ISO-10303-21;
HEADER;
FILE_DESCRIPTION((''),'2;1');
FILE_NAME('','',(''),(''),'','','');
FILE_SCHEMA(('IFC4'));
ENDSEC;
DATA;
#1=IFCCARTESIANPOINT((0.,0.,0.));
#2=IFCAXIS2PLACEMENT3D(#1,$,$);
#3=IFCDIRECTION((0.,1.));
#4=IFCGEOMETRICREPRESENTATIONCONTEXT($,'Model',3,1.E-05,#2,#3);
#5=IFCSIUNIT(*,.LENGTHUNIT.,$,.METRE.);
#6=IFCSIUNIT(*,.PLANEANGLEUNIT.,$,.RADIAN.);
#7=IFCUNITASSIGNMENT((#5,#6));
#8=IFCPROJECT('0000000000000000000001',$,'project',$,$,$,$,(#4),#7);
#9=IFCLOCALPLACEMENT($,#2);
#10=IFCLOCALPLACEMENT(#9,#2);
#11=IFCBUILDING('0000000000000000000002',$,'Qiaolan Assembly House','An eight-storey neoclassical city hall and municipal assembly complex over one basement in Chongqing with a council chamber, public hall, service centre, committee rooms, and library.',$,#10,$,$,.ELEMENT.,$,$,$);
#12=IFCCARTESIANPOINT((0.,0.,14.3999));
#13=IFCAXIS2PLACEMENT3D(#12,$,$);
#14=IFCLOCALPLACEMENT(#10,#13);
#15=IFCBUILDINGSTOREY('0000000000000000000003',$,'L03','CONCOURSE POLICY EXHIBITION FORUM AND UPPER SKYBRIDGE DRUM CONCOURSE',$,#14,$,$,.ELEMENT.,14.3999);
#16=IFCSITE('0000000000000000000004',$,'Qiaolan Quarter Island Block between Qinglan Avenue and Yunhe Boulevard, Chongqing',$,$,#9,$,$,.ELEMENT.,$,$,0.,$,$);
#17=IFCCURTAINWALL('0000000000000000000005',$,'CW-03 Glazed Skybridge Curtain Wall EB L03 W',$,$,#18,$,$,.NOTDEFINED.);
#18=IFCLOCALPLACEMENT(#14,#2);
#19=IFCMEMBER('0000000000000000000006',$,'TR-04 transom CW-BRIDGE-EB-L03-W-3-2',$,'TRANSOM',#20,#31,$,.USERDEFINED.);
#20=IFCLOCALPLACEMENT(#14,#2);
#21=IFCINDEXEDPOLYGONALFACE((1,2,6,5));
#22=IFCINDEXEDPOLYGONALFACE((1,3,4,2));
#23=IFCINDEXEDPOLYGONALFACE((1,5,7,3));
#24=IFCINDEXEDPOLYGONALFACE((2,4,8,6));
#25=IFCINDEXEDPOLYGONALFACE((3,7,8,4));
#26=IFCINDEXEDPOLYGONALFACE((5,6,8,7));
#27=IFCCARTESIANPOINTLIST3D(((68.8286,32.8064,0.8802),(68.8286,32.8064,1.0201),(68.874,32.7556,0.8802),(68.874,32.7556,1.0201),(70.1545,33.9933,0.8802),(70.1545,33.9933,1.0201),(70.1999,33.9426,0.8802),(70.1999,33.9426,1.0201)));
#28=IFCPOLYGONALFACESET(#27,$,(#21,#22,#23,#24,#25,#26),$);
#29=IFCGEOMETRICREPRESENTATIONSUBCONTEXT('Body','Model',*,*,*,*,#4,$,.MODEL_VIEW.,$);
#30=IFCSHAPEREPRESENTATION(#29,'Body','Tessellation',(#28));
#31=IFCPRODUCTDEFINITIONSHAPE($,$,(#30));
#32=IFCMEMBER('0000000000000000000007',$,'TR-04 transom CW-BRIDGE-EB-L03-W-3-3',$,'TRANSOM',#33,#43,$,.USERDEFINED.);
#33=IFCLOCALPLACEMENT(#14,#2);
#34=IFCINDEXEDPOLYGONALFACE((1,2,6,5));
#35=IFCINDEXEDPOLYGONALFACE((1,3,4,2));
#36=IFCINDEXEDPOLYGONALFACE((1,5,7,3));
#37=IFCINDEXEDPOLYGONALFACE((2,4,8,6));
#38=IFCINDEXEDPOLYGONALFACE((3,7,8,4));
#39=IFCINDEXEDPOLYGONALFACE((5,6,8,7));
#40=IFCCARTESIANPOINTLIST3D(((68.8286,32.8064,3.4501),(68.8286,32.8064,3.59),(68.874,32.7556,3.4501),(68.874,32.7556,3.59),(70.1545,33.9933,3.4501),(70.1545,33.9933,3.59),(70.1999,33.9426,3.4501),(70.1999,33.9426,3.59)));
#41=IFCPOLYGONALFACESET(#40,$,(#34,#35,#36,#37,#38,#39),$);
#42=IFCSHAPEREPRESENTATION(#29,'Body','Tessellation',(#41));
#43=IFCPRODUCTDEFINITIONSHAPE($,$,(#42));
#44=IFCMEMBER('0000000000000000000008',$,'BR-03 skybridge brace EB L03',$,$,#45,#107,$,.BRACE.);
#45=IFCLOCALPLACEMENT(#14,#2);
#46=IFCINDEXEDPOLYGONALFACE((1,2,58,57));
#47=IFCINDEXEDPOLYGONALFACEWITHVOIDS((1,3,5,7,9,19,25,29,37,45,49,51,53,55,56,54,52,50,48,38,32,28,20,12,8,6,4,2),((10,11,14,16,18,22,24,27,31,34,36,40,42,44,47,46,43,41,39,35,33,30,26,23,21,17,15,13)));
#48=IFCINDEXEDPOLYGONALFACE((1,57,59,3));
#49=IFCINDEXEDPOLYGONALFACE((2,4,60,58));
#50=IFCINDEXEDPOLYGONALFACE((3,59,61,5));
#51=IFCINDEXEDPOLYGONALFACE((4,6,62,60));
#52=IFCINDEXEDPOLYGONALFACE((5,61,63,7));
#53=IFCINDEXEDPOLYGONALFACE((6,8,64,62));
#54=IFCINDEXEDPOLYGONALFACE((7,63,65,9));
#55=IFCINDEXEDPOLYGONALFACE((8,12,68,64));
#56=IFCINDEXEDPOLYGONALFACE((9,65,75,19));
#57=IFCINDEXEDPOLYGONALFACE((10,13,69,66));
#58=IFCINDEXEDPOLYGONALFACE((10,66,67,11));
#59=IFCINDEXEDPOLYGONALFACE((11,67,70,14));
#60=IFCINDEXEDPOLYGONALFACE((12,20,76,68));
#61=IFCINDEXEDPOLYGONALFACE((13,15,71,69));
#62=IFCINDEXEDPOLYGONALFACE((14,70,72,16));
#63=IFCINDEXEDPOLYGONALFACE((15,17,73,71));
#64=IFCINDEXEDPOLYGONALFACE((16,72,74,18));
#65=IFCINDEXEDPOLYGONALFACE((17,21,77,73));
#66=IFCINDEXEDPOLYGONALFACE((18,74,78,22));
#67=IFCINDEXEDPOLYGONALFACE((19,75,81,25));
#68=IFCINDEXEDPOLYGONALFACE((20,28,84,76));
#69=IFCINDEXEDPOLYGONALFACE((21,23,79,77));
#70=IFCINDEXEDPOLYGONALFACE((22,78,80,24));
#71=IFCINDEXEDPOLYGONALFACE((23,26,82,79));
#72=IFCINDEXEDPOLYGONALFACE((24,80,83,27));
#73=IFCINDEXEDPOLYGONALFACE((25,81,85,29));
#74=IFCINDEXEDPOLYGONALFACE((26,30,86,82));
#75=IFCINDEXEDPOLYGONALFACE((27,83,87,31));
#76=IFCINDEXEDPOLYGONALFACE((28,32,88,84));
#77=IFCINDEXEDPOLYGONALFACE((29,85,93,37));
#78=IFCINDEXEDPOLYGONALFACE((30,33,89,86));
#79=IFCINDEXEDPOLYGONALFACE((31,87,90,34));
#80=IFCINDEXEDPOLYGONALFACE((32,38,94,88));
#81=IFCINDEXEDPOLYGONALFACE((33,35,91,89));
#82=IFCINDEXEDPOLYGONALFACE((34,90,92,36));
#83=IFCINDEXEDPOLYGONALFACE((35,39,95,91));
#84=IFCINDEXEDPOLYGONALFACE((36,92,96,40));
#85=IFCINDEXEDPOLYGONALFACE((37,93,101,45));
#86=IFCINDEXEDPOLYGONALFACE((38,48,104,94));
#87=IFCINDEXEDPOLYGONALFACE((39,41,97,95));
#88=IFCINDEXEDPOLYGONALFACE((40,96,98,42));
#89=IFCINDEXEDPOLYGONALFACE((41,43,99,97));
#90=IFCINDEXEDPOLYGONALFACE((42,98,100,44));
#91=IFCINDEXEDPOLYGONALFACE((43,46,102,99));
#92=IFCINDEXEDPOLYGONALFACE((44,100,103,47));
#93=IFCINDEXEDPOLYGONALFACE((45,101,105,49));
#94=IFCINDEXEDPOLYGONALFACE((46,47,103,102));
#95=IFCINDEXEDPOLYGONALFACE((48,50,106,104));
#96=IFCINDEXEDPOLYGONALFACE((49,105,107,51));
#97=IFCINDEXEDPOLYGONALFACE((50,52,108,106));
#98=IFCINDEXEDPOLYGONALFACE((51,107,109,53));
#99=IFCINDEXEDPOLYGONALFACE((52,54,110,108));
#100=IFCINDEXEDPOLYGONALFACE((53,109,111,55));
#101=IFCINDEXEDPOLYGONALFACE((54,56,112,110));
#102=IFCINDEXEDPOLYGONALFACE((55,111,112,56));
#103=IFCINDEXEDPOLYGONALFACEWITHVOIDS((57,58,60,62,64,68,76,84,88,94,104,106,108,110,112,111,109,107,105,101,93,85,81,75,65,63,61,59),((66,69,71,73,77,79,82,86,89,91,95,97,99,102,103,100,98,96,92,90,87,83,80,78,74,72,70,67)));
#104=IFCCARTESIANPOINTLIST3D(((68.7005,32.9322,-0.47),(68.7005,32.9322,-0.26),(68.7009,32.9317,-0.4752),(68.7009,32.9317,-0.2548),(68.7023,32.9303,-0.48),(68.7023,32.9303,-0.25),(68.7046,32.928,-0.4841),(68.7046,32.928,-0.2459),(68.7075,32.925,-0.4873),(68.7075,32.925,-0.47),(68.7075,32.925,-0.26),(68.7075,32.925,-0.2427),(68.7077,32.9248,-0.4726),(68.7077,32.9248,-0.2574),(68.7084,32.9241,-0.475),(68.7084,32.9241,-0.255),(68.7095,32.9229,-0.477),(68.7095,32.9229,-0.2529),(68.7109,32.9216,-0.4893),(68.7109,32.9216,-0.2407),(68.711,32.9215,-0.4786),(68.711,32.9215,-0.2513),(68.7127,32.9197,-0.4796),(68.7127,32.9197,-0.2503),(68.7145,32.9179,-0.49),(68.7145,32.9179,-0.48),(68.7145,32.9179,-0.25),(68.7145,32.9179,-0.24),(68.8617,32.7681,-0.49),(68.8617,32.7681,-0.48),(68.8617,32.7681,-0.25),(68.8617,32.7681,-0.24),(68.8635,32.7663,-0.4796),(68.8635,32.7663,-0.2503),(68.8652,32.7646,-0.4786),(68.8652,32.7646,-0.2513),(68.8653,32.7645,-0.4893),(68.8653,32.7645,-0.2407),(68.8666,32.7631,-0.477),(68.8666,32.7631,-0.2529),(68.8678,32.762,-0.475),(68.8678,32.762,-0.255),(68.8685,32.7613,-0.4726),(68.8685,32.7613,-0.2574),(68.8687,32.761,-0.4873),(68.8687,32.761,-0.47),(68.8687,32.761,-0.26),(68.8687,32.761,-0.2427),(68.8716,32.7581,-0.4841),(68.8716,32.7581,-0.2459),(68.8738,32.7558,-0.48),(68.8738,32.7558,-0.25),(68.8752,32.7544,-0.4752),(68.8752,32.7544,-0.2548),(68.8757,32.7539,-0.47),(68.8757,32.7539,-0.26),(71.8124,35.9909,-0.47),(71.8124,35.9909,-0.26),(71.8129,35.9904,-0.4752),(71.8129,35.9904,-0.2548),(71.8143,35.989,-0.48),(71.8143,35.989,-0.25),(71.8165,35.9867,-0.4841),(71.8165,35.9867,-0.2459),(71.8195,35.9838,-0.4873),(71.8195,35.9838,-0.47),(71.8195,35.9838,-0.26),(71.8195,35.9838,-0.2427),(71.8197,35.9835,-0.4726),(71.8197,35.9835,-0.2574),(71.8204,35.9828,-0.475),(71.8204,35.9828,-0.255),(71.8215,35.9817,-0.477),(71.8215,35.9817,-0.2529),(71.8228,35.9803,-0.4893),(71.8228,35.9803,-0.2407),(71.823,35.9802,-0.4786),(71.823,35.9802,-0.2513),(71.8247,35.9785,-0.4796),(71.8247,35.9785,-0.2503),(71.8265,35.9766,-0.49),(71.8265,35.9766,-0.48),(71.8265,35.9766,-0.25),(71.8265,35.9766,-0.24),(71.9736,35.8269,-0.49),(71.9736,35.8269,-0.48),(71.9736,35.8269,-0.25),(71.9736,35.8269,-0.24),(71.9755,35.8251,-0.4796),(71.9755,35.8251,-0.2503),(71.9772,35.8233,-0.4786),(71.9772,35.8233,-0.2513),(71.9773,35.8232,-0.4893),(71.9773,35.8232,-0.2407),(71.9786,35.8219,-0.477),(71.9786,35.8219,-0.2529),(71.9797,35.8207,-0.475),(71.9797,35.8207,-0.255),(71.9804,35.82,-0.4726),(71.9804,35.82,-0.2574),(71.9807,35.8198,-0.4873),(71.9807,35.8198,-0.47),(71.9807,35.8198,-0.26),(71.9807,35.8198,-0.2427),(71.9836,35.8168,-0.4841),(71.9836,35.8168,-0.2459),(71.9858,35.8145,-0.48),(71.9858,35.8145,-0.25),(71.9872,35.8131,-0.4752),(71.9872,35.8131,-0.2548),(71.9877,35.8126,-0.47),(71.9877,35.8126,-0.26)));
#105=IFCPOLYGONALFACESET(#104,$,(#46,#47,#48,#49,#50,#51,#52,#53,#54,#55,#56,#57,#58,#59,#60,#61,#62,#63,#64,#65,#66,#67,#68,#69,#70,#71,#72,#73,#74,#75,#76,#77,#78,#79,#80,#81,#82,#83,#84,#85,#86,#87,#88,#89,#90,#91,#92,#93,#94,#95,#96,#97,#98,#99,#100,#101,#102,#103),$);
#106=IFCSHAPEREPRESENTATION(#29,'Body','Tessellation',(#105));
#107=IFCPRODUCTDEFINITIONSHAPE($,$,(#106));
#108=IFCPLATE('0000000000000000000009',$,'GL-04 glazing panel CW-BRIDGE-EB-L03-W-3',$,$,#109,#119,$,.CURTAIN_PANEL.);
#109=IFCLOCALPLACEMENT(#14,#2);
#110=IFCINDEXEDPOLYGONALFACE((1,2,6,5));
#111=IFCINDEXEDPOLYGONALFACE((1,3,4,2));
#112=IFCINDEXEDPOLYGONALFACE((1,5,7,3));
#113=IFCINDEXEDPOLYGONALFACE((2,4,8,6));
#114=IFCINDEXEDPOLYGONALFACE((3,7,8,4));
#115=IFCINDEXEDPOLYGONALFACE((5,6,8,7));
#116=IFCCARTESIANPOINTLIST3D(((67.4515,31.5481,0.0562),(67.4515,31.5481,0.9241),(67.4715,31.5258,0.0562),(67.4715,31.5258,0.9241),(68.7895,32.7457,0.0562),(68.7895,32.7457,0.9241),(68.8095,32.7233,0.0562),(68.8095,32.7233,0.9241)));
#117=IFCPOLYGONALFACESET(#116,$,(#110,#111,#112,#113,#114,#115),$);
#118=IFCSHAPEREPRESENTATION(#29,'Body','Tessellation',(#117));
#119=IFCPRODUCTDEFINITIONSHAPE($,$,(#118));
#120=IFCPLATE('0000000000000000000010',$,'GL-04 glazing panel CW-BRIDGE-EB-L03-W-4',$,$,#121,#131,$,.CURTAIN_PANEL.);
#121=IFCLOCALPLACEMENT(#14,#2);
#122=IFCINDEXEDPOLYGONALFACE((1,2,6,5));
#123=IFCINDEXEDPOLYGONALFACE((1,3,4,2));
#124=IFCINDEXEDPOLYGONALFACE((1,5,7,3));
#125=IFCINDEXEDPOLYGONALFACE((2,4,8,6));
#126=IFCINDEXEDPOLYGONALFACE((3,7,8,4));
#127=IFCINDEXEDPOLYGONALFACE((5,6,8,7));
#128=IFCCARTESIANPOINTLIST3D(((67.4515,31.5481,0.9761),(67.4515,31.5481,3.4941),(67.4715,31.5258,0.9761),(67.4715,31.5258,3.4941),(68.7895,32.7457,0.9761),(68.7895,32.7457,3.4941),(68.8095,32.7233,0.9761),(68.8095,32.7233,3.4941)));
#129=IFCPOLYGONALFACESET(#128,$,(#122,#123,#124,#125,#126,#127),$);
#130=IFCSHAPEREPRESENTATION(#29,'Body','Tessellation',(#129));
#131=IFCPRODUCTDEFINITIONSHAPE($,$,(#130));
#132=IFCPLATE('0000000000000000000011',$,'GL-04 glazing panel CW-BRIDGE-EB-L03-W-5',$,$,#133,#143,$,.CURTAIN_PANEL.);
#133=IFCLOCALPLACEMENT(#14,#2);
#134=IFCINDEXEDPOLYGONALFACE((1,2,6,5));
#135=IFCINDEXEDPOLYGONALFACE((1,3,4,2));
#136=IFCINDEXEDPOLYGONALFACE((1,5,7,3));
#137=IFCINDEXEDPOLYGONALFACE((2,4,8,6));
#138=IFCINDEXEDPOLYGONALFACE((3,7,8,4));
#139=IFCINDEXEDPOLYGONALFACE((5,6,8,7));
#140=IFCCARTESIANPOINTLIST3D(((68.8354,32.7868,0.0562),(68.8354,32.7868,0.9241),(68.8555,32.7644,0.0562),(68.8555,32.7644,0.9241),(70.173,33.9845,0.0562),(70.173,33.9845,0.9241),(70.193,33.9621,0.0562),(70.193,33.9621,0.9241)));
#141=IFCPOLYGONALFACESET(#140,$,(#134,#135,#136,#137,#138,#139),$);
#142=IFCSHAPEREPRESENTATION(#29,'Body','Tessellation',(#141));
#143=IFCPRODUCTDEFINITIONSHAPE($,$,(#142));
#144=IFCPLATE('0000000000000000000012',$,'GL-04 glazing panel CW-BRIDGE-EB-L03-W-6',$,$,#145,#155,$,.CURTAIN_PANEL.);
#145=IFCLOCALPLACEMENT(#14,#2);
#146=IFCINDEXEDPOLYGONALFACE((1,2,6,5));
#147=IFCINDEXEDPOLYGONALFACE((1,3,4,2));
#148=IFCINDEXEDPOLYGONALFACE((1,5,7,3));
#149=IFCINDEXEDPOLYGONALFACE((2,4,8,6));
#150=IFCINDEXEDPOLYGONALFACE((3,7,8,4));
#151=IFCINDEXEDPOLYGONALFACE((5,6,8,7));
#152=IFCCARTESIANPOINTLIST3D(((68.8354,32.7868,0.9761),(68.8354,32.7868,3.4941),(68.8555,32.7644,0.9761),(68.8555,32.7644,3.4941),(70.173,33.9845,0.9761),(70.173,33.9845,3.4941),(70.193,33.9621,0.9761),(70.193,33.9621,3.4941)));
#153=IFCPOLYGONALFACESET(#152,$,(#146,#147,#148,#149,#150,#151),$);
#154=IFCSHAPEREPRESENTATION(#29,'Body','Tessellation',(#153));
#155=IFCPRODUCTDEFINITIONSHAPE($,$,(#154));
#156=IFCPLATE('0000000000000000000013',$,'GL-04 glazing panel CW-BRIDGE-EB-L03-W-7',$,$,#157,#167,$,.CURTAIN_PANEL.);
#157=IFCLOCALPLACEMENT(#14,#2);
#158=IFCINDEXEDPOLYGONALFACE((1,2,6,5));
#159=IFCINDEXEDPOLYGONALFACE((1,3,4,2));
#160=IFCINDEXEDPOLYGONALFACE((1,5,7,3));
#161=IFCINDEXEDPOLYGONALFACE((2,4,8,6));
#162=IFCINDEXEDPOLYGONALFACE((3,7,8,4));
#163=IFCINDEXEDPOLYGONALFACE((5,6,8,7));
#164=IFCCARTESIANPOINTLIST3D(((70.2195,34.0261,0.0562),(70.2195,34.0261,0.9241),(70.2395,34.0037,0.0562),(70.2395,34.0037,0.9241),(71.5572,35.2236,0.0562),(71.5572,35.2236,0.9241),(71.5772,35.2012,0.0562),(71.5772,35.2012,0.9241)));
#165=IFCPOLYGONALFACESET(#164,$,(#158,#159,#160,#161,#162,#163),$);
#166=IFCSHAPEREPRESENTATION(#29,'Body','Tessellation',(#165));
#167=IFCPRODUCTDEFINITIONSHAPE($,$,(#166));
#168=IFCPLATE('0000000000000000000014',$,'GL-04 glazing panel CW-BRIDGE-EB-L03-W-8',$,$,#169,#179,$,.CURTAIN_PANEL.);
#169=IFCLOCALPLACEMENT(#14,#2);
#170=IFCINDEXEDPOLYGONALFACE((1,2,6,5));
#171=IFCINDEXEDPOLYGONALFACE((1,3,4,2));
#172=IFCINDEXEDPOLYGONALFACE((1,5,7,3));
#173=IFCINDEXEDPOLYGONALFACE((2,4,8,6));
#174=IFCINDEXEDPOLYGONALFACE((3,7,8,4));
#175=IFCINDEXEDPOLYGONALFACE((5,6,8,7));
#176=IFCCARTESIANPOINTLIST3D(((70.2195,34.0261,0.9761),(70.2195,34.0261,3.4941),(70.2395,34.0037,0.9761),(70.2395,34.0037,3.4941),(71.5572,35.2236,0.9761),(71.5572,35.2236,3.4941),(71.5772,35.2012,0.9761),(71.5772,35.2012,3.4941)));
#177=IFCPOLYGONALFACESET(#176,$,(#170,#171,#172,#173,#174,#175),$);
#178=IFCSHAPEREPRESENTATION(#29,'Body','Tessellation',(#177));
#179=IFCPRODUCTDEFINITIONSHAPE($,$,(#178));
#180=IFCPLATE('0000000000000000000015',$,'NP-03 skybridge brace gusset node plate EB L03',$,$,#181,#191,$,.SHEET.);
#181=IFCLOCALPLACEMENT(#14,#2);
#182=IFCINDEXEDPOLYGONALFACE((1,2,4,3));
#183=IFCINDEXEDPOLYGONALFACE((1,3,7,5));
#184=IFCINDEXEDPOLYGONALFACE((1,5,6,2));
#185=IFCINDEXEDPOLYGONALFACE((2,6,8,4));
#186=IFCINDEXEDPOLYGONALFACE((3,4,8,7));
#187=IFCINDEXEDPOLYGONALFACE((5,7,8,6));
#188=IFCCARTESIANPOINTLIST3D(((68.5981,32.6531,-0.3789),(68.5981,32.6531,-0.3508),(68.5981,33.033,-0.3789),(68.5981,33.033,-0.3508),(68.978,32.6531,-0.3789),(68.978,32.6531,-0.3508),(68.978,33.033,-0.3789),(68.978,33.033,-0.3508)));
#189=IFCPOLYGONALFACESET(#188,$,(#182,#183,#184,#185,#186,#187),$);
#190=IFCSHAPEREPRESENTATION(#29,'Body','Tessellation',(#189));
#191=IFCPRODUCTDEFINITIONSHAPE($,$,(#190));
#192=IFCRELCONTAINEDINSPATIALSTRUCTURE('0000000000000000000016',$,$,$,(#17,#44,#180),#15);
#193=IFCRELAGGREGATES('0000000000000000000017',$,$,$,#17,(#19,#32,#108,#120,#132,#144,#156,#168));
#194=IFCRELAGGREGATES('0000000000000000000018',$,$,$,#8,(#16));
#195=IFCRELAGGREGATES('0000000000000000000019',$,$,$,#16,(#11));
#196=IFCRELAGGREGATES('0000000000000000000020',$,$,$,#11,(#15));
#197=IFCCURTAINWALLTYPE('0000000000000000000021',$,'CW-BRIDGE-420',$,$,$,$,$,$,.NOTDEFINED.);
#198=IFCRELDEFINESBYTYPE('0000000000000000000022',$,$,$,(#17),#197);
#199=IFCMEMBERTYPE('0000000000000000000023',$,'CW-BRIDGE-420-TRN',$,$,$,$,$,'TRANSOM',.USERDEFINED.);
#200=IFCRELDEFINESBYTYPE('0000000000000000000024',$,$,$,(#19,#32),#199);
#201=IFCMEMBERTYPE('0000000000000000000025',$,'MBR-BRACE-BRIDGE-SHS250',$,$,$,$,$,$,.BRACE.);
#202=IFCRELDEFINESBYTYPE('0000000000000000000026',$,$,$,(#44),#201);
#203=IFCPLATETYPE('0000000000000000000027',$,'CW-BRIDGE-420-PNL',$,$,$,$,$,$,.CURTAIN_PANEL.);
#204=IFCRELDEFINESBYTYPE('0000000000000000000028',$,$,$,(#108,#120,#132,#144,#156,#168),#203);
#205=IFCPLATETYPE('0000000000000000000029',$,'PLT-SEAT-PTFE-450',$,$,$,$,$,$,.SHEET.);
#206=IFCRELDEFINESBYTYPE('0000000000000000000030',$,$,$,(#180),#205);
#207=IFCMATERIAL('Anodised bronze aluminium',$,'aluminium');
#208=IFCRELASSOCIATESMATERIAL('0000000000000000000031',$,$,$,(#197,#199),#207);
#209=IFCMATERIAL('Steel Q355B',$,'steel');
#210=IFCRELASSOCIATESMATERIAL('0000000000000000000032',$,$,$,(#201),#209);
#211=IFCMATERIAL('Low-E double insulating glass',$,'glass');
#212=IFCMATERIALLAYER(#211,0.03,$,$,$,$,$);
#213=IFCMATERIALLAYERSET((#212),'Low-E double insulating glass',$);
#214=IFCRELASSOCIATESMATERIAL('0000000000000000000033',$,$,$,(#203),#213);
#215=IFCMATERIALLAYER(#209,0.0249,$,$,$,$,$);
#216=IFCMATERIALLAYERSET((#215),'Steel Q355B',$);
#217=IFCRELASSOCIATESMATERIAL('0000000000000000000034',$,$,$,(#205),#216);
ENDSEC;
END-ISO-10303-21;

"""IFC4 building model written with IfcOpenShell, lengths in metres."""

from ifc_helpers import new_model, si_unit, direction, frame, frame_2d, origin, origin_2d, place, context, subcontext, project, spatial, rectangle, hollow_rectangle, extrude, material, layer, layer_set, material_profile, profile_set, type_object, element, aggregate, save


model = new_model("IFC4")

# Units and contexts
model_context = context("Model", 3, precision=1e-05, world=origin(), true_north=direction((0.0, 1.0)))
body_context = subcontext(model_context, "Body", "Model", "MODEL_VIEW")
ifc_project = project(units=[si_unit("LENGTHUNIT", "METRE"), si_unit("PLANEANGLEUNIT", "RADIAN")], contexts=[model_context])

# Site, building, storey
site_placement = place(None, origin())
site = spatial("IfcSite", under=ifc_project, at=site_placement, Name="Qiaolan Quarter Island Block between Qinglan Avenue and Yunhe Boulevard, Chongqing", CompositionType="ELEMENT", RefElevation=0.0)
building_placement = place(site_placement, origin())
building = spatial("IfcBuilding", under=site, at=building_placement, Name="Qiaolan Assembly House", Description="An eight-storey neoclassical city hall and municipal assembly complex over one basement in Chongqing with a council chamber, public hall, service centre, committee rooms, and library.", CompositionType="ELEMENT")
storey_placement = place(building_placement, frame((0.0, 0.0, 14.3999)))
storey = spatial("IfcBuildingStorey", under=building, at=storey_placement, Name="L03", Description="CONCOURSE POLICY EXHIBITION FORUM AND UPPER SKYBRIDGE DRUM CONCOURSE", CompositionType="ELEMENT", Elevation=14.3999)

# Shared definitions
ifc_material_1 = material(Name="Steel Q355B", Category="steel")

# Curtain wall, members
ifc_material_2 = material(Name="Anodised bronze aluminium", Category="aluminium")
curtain_wall_type = type_object("IfcCurtainWallType", Name="CW-BRIDGE-420", PredefinedType="NOTDEFINED", material=ifc_material_2)
curtain_wall_placement = place(storey_placement, origin())
curtain_wall = element("IfcCurtainWall", 1, at=curtain_wall_placement, inside=storey, type_object=curtain_wall_type, Name="CW-03 Glazed Skybridge Curtain Wall EB L03 W", PredefinedType="NOTDEFINED")
ifc_material_profile_1 = material_profile(ifc_material_2, rectangle(XDim=0.0681, YDim=0.1399, at=origin_2d()), Name="TRN 68x140")
ifc_profile_set_1 = profile_set([ifc_material_profile_1], Name="Anodised bronze aluminium")
member_type_1 = type_object("IfcMemberType", Name="CW-BRIDGE-420-TRN", ElementType="TRANSOM", PredefinedType="USERDEFINED", material=ifc_profile_set_1)
member_1_placement = place(storey_placement, frame((68.8513, 32.781, 0.9502), z_axis=(0.745058, 0.666999, 0.0), x_axis=(-0.666999, 0.745058, 0.0)))
member_1 = element("IfcMember", 2, at=member_1_placement, type_object=member_type_1, Name="TR-04 transom CW-BRIDGE-EB-L03-W-3-2", ObjectType="TRANSOM", PredefinedType="USERDEFINED", context=body_context, shape_type="SweptSolid", body=[
    extrude(rectangle(XDim=0.0681, YDim=0.1399, at=origin_2d()), origin(), (0.0, 0.0, 1.0), 1.7795),
])
member_2_placement = place(storey_placement, frame((68.8513, 32.781, 3.52), z_axis=(0.745058, 0.666999, 0.0), x_axis=(-0.666999, 0.745058, 0.0)))
member_2 = element("IfcMember", 3, at=member_2_placement, type_object=member_type_1, Name="TR-04 transom CW-BRIDGE-EB-L03-W-3-3", ObjectType="TRANSOM", PredefinedType="USERDEFINED", context=body_context, shape_type="SweptSolid", body=[
    extrude(rectangle(XDim=0.0681, YDim=0.1399, at=origin_2d()), origin(), (0.0, 0.0, 1.0), 1.7795),
])

# Member
ifc_material_profile_2 = material_profile(ifc_material_1, hollow_rectangle(XDim=0.25, YDim=0.25, WallThickness=0.01, InnerFilletRadius=0.01, OuterFilletRadius=0.02, at=origin_2d()), Name="SHS 250x250x10")
ifc_profile_set_2 = profile_set([ifc_material_profile_2], Name="Steel Q355B")
member_type_2 = type_object("IfcMemberType", Name="MBR-BRACE-BRIDGE-SHS250", PredefinedType="BRACE", material=ifc_profile_set_2)
member_3_placement = place(storey_placement, frame((68.7881, 32.843, -0.365), z_axis=(0.713179, 0.700982, 0.0), x_axis=(-0.700982, 0.713179, 0.0)))
element("IfcMember", 4, at=member_3_placement, inside=storey, type_object=member_type_2, Name="BR-03 skybridge brace EB L03", PredefinedType="BRACE", context=body_context, shape_type="SweptSolid", body=[
    extrude(hollow_rectangle(XDim=0.25, YDim=0.25, WallThickness=0.01, InnerFilletRadius=0.01, OuterFilletRadius=0.02, at=origin_2d()), origin(), (0.0, 0.0, 1.0), 4.3635),
])

# Plates
ifc_material_3 = material(Name="Low-E double insulating glass", Category="glass")
ifc_layer_1 = layer(ifc_material_3, 0.03)
ifc_layer_set_1 = layer_set([ifc_layer_1], Name="Low-E double insulating glass")
plate_type_1 = type_object("IfcPlateType", Name="CW-BRIDGE-420-PNL", PredefinedType="CURTAIN_PANEL", material=ifc_layer_set_1)
plate_1_placement = place(storey_placement, frame((67.4614, 31.5369, 0.0562), z_axis=(0.0, 0.0, 1.0), x_axis=(0.745117, 0.666934, 0.0)))
plate_1 = element("IfcPlate", 5, at=plate_1_placement, type_object=plate_type_1, Name="GL-04 glazing panel CW-BRIDGE-EB-L03-W-3", PredefinedType="CURTAIN_PANEL", context=body_context, shape_type="SweptSolid", body=[
    extrude(rectangle(XDim=1.7957, YDim=0.03, at=frame_2d((0.8979, 0.0))), origin(), (0.0, 0.0, 1.0), 0.8679),
])
plate_2_placement = place(storey_placement, frame((67.4614, 31.5369, 0.9761), z_axis=(0.0, 0.0, 1.0), x_axis=(0.745117, 0.666934, 0.0)))
plate_2 = element("IfcPlate", 6, at=plate_2_placement, type_object=plate_type_1, Name="GL-04 glazing panel CW-BRIDGE-EB-L03-W-4", PredefinedType="CURTAIN_PANEL", context=body_context, shape_type="SweptSolid", body=[
    extrude(rectangle(XDim=1.7957, YDim=0.03, at=frame_2d((0.8979, 0.0))), origin(), (0.0, 0.0, 1.0), 2.5181),
])
plate_3_placement = place(storey_placement, frame((68.8455, 32.7756, 0.0562), z_axis=(0.0, 0.0, 1.0), x_axis=(0.744989, 0.667077, 0.0)))
plate_3 = element("IfcPlate", 7, at=plate_3_placement, type_object=plate_type_1, Name="GL-04 glazing panel CW-BRIDGE-EB-L03-W-5", PredefinedType="CURTAIN_PANEL", context=body_context, shape_type="SweptSolid", body=[
    extrude(rectangle(XDim=1.7954, YDim=0.03, at=frame_2d((0.8977, 0.0))), origin(), (0.0, 0.0, 1.0), 0.8679),
])
plate_4_placement = place(storey_placement, frame((68.8455, 32.7756, 0.9761), z_axis=(0.0, 0.0, 1.0), x_axis=(0.744989, 0.667077, 0.0)))
plate_4 = element("IfcPlate", 8, at=plate_4_placement, type_object=plate_type_1, Name="GL-04 glazing panel CW-BRIDGE-EB-L03-W-6", PredefinedType="CURTAIN_PANEL", context=body_context, shape_type="SweptSolid", body=[
    extrude(rectangle(XDim=1.7954, YDim=0.03, at=frame_2d((0.8977, 0.0))), origin(), (0.0, 0.0, 1.0), 2.5181),
])
plate_5_placement = place(storey_placement, frame((70.2295, 34.0149, 0.0562), z_axis=(0.0, 0.0, 1.0), x_axis=(0.745056, 0.667002, 0.0)))
plate_5 = element("IfcPlate", 9, at=plate_5_placement, type_object=plate_type_1, Name="GL-04 glazing panel CW-BRIDGE-EB-L03-W-7", PredefinedType="CURTAIN_PANEL", context=body_context, shape_type="SweptSolid", body=[
    extrude(rectangle(XDim=1.7954, YDim=0.03, at=frame_2d((0.8977, 0.0))), origin(), (0.0, 0.0, 1.0), 0.8679),
])
plate_6_placement = place(storey_placement, frame((70.2295, 34.0149, 0.9761), z_axis=(0.0, 0.0, 1.0), x_axis=(0.745056, 0.667002, 0.0)))
plate_6 = element("IfcPlate", 10, at=plate_6_placement, type_object=plate_type_1, Name="GL-04 glazing panel CW-BRIDGE-EB-L03-W-8", PredefinedType="CURTAIN_PANEL", context=body_context, shape_type="SweptSolid", body=[
    extrude(rectangle(XDim=1.7954, YDim=0.03, at=frame_2d((0.8977, 0.0))), origin(), (0.0, 0.0, 1.0), 2.5181),
])
aggregate(curtain_wall, [member_1, member_2, plate_1, plate_2, plate_3, plate_4, plate_5, plate_6])
ifc_layer_2 = layer(ifc_material_1, 0.0249)
ifc_layer_set_2 = layer_set([ifc_layer_2], Name="Steel Q355B")
plate_type_2 = type_object("IfcPlateType", Name="PLT-SEAT-PTFE-450", PredefinedType="SHEET", material=ifc_layer_set_2)
plate_7_placement = place(storey_placement, frame((68.7881, 32.843, -0.3789), z_axis=(0.0, 0.0, 1.0), x_axis=(1.0, 0.0, 0.0)))
element("IfcPlate", 11, at=plate_7_placement, inside=storey, type_object=plate_type_2, Name="NP-03 skybridge brace gusset node plate EB L03", PredefinedType="SHEET", context=body_context, shape_type="SweptSolid", body=[
    extrude(rectangle(XDim=0.3799, YDim=0.3799, at=origin_2d()), origin(), (0.0, 0.0, 1.0), 0.0281),
])

save(model, "model.ifc")
